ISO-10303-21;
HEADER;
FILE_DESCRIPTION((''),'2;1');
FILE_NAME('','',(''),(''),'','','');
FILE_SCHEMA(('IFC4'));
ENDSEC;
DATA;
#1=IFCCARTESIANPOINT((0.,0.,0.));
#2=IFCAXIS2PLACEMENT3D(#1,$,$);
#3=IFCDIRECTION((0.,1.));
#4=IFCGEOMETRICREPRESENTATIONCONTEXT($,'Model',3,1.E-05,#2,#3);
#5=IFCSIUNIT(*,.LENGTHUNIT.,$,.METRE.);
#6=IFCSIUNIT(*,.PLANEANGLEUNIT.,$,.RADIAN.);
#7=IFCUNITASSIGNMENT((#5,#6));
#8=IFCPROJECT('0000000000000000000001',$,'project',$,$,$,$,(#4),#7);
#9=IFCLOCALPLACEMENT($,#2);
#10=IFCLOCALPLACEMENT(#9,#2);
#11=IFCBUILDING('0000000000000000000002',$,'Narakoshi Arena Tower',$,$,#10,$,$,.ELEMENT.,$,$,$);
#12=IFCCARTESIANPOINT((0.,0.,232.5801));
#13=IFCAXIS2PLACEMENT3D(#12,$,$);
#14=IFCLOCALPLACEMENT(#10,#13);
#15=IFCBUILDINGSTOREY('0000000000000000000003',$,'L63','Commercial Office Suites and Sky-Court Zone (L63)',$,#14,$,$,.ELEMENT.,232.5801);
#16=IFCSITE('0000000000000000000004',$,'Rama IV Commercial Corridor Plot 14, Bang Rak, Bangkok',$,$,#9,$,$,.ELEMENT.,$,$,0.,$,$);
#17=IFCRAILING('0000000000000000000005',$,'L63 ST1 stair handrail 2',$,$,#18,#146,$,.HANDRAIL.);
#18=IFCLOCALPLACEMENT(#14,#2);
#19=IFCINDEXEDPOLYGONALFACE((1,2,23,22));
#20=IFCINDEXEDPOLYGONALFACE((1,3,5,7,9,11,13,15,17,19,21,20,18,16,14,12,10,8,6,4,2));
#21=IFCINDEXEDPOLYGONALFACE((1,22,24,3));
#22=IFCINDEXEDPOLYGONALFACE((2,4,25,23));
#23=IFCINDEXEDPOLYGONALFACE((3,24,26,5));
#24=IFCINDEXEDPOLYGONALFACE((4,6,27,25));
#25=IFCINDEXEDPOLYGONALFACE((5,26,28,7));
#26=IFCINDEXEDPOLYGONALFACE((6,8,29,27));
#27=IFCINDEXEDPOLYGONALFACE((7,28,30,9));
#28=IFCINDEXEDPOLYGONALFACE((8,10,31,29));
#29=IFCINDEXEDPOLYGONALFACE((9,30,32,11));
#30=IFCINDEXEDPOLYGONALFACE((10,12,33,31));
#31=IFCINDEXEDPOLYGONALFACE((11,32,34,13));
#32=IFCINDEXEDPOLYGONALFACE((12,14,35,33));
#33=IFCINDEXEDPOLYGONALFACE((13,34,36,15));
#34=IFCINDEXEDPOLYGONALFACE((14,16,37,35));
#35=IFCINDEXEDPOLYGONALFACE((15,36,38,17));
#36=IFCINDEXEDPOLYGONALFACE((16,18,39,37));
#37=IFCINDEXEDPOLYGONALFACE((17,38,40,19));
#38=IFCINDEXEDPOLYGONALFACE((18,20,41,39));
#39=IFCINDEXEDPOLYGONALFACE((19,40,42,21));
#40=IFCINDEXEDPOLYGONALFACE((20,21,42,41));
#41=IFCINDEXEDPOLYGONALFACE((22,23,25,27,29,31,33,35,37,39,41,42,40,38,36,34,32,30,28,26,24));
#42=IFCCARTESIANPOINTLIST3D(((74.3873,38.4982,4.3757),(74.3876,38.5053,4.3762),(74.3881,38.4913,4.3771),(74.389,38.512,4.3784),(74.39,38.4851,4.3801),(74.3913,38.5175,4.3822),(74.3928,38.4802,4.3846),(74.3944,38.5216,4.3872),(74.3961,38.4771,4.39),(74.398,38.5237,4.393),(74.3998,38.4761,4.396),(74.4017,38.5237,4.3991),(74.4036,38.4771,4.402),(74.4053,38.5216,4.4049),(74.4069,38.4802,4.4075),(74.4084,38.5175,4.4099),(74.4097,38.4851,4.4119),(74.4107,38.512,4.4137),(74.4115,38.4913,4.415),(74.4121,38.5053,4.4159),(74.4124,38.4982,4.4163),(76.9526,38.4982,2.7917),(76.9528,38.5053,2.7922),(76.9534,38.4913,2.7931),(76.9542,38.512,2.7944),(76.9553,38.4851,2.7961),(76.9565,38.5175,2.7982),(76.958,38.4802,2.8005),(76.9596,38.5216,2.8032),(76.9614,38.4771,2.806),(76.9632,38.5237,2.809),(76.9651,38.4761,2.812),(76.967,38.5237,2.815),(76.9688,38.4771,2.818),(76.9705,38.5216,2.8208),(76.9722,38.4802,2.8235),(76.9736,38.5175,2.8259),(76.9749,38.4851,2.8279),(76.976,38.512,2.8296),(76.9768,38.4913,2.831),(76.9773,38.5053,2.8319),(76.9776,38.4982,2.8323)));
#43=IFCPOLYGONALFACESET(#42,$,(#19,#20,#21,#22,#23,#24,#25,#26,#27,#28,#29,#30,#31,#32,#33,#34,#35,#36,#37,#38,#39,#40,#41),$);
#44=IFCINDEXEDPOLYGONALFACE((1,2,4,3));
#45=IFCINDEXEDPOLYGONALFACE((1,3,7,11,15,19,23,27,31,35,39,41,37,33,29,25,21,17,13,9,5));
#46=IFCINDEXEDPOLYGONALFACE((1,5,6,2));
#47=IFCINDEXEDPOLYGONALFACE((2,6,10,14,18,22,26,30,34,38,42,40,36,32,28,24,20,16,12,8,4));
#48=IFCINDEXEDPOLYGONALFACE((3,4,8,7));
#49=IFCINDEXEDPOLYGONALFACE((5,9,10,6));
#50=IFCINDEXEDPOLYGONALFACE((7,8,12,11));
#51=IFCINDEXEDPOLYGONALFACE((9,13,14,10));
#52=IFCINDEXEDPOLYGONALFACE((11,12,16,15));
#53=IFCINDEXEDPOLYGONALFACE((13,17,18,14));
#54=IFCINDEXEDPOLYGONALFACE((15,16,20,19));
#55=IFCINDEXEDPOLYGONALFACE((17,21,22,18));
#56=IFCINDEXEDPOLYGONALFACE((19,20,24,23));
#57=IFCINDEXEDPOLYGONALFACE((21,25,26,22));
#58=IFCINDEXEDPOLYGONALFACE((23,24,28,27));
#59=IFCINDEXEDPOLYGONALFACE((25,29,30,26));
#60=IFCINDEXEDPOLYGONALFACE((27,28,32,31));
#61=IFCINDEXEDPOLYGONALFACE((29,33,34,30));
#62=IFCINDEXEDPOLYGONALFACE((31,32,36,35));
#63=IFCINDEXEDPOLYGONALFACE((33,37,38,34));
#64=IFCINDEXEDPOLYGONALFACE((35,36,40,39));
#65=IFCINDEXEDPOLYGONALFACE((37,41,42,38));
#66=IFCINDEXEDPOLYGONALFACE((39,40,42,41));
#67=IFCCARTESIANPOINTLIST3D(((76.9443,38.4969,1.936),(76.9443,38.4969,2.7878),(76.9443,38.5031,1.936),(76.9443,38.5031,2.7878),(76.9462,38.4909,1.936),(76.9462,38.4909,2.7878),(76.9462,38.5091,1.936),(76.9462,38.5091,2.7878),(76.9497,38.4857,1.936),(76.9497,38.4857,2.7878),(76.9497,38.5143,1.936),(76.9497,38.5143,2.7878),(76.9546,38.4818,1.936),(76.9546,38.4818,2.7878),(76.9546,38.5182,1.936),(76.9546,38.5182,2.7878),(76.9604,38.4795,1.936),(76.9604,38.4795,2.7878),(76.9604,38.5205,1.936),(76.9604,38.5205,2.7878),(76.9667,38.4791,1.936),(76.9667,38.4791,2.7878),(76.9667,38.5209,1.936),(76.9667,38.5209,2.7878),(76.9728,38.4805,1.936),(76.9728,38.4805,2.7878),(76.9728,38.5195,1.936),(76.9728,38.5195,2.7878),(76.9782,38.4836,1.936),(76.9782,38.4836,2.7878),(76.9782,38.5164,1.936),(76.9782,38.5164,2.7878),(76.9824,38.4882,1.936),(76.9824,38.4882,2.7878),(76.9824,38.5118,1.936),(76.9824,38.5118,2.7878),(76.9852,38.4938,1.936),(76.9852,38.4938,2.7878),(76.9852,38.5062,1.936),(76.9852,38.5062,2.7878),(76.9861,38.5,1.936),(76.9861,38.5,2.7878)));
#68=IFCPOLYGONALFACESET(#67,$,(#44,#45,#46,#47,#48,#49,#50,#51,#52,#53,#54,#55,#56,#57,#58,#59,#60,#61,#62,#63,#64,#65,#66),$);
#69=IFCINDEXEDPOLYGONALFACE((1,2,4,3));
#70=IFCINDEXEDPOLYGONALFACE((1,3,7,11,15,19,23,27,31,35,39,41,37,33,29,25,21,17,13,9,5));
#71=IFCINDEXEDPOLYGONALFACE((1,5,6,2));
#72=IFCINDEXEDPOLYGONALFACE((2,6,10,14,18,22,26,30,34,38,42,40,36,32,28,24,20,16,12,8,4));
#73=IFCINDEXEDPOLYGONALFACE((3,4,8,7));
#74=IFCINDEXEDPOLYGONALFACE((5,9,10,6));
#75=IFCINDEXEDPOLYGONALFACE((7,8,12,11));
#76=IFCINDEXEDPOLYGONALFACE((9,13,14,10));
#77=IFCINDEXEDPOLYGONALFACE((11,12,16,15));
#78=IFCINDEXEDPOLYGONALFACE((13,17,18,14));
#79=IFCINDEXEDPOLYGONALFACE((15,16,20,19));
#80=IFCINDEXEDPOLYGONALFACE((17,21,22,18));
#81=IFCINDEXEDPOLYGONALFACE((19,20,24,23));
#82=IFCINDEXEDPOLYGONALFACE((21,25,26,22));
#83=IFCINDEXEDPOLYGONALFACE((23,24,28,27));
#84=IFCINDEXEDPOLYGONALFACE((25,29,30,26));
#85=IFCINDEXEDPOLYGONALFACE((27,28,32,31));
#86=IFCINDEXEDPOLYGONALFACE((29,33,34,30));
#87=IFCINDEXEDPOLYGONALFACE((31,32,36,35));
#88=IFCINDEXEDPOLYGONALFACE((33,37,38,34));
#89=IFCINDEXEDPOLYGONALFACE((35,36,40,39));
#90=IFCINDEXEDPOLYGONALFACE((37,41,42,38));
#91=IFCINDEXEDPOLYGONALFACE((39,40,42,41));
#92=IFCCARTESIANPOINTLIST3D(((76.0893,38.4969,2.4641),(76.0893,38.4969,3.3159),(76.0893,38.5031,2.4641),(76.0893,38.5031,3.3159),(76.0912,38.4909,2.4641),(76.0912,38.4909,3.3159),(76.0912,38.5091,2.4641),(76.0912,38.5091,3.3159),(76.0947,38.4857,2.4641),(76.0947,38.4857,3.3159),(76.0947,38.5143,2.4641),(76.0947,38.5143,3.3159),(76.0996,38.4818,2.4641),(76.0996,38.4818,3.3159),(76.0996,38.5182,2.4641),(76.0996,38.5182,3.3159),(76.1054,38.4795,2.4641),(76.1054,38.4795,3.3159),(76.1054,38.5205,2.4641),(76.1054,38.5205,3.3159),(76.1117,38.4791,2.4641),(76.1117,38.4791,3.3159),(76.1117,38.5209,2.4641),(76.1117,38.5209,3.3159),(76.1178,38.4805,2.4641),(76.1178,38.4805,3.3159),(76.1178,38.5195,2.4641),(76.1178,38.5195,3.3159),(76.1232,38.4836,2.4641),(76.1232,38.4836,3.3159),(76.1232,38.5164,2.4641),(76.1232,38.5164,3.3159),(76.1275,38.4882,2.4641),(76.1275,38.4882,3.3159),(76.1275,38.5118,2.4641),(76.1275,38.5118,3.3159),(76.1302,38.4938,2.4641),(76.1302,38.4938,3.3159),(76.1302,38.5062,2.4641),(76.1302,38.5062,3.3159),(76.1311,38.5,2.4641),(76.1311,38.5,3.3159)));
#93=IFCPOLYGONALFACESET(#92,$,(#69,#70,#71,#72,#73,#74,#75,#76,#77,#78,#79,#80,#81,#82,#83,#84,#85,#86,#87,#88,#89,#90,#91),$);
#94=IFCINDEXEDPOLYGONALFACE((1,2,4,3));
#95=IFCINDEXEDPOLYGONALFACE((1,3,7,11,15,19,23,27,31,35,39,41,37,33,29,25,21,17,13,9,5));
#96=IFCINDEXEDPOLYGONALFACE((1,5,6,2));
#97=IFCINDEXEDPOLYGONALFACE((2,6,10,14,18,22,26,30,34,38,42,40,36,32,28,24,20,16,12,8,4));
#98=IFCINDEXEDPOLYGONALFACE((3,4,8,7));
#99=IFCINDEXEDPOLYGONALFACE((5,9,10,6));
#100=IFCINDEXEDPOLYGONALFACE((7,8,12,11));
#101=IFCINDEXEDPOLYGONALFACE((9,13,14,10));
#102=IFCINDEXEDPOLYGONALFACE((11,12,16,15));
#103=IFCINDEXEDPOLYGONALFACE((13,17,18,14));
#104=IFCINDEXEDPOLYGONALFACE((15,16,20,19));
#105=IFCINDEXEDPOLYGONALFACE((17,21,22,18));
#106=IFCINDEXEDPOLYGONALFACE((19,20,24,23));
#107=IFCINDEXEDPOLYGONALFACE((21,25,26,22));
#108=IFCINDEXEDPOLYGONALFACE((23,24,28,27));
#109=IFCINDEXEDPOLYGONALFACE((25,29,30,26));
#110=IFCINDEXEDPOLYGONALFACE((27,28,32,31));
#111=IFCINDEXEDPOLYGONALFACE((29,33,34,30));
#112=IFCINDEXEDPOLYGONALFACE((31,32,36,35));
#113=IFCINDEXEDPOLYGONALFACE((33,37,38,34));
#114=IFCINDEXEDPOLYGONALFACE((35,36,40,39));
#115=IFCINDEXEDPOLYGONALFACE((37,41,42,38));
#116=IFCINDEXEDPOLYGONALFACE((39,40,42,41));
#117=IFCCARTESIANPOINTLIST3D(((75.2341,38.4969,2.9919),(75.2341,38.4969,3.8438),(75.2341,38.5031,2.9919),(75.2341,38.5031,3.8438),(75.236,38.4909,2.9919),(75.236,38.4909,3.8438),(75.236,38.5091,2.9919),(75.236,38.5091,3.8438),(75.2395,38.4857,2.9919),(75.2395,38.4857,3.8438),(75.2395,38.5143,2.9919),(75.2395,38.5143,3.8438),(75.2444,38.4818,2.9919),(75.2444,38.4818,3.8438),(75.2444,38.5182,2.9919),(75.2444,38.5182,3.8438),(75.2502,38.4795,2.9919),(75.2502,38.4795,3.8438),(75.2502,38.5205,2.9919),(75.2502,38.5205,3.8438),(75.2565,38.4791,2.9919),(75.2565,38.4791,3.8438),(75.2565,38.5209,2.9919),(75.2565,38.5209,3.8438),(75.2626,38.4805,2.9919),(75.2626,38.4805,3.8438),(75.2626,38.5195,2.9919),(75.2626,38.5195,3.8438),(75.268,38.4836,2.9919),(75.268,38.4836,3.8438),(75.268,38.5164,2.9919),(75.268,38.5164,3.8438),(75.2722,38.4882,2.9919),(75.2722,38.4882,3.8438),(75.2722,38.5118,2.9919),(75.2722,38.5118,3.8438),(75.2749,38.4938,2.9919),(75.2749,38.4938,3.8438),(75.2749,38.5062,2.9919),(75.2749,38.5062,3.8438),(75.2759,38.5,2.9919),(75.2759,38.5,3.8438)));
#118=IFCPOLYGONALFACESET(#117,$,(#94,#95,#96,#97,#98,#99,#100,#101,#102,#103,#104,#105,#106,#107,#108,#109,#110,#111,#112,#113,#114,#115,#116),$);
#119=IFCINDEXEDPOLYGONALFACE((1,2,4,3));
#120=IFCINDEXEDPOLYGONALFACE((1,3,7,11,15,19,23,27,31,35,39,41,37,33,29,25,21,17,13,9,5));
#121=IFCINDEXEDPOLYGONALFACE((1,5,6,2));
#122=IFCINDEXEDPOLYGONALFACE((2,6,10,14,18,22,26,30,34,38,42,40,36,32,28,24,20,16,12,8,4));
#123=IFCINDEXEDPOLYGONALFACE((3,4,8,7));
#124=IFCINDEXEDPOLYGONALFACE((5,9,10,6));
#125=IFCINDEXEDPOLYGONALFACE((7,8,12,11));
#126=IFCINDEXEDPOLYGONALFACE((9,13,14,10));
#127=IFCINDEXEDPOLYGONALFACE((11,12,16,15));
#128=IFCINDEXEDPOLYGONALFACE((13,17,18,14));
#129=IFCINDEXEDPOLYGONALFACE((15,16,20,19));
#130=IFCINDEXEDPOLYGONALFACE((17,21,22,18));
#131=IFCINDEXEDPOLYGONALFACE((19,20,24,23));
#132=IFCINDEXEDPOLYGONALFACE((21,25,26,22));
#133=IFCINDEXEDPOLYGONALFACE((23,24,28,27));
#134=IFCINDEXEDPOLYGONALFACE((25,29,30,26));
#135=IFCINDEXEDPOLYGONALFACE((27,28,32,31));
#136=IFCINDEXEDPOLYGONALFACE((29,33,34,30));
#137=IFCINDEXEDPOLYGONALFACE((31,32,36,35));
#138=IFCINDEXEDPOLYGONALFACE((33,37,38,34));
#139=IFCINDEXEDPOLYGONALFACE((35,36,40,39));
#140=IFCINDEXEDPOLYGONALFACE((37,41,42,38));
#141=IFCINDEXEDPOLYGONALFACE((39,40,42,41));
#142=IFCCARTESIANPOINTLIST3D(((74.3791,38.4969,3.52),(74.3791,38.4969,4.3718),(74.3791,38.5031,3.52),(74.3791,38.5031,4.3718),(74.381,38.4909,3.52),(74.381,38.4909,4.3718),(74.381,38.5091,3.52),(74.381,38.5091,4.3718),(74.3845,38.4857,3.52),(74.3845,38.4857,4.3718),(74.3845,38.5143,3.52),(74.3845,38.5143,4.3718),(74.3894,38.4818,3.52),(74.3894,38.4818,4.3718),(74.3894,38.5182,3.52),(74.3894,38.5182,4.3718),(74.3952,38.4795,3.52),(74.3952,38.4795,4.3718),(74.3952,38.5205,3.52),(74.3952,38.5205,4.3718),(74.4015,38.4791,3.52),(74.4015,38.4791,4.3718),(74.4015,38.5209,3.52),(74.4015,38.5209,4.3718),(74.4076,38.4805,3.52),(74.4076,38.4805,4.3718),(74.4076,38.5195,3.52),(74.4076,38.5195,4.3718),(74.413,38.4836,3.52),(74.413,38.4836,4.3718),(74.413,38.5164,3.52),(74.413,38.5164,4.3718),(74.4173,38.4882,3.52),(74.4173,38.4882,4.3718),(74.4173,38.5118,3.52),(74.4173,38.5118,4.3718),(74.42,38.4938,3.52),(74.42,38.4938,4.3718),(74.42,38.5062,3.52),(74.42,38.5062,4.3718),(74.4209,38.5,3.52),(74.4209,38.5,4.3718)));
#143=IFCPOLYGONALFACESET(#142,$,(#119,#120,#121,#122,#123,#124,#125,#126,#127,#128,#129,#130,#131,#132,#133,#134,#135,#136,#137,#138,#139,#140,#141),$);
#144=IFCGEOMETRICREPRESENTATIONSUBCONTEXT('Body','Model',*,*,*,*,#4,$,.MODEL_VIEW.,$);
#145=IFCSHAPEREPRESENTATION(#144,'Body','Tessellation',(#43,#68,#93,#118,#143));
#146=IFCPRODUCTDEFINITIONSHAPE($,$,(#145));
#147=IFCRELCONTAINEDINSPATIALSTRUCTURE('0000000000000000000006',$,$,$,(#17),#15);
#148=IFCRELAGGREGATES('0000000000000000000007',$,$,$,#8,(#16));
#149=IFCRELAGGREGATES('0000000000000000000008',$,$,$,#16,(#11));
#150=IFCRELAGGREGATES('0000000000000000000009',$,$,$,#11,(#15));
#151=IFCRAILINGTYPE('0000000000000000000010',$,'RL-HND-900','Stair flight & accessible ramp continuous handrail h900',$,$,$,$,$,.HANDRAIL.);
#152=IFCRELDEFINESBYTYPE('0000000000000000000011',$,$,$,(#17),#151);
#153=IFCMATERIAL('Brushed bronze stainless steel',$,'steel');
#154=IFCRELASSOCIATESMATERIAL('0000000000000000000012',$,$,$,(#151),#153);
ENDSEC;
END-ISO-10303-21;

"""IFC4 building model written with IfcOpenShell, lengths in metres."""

from ifc_helpers import new_model, si_unit, direction, frame, origin, origin_2d, place, context, subcontext, project, spatial, circle, extrude, material, type_object, element, save


model = new_model("IFC4")

# Units and contexts
model_context = context("Model", 3, precision=1e-05, world=origin(), true_north=direction((0.0, 1.0)))
body_context = subcontext(model_context, "Body", "Model", "MODEL_VIEW")
ifc_project = project(units=[si_unit("LENGTHUNIT", "METRE"), si_unit("PLANEANGLEUNIT", "RADIAN")], contexts=[model_context])

# Site, building, storey
site_placement = place(None, origin())
site = spatial("IfcSite", under=ifc_project, at=site_placement, Name="Rama IV Commercial Corridor Plot 14, Bang Rak, Bangkok", CompositionType="ELEMENT", RefElevation=0.0)
building_placement = place(site_placement, origin())
building = spatial("IfcBuilding", under=site, at=building_placement, Name="Narakoshi Arena Tower", CompositionType="ELEMENT")
storey_placement = place(building_placement, frame((0.0, 0.0, 232.5801)))
storey = spatial("IfcBuildingStorey", under=building, at=storey_placement, Name="L63", Description="Commercial Office Suites and Sky-Court Zone (L63)", CompositionType="ELEMENT", Elevation=232.5801)

# Railing
ifc_material_1 = material(Name="Brushed bronze stainless steel", Category="steel")
railing_type_1 = type_object("IfcRailingType", Name="RL-HND-900", Description="Stair flight & accessible ramp continuous handrail h900", PredefinedType="HANDRAIL", material=ifc_material_1)
railing_1_placement = place(storey_placement, frame((76.9651, 38.5, 1.936)))
element("IfcRailing", 1, at=railing_1_placement, inside=storey, type_object=railing_type_1, Name="L63 ST1 stair handrail 2", PredefinedType="HANDRAIL", context=body_context, shape_type="SweptSolid", body=[
    extrude(circle(Radius=0.0239, at=origin_2d()), frame((0.0, 0.0, 0.876), z_axis=(-0.850857, 0.0, 0.525398), x_axis=(0.0, -1.0, 0.0)), (0.0, 0.0, 1.0), 3.0149),
    extrude(circle(Radius=0.021, at=origin_2d()), origin(), (0.0, 0.0, 1.0), 0.8518),
    extrude(circle(Radius=0.021, at=origin_2d()), frame((-0.855, 0.0, 0.5281)), (0.0, 0.0, 1.0), 0.8518),
    extrude(circle(Radius=0.021, at=origin_2d()), frame((-1.7102, 0.0, 1.0559)), (0.0, 0.0, 1.0), 0.8518),
    extrude(circle(Radius=0.021, at=origin_2d()), frame((-2.5652, 0.0, 1.584)), (0.0, 0.0, 1.0), 0.8518),
])

save(model, "model.ifc")
